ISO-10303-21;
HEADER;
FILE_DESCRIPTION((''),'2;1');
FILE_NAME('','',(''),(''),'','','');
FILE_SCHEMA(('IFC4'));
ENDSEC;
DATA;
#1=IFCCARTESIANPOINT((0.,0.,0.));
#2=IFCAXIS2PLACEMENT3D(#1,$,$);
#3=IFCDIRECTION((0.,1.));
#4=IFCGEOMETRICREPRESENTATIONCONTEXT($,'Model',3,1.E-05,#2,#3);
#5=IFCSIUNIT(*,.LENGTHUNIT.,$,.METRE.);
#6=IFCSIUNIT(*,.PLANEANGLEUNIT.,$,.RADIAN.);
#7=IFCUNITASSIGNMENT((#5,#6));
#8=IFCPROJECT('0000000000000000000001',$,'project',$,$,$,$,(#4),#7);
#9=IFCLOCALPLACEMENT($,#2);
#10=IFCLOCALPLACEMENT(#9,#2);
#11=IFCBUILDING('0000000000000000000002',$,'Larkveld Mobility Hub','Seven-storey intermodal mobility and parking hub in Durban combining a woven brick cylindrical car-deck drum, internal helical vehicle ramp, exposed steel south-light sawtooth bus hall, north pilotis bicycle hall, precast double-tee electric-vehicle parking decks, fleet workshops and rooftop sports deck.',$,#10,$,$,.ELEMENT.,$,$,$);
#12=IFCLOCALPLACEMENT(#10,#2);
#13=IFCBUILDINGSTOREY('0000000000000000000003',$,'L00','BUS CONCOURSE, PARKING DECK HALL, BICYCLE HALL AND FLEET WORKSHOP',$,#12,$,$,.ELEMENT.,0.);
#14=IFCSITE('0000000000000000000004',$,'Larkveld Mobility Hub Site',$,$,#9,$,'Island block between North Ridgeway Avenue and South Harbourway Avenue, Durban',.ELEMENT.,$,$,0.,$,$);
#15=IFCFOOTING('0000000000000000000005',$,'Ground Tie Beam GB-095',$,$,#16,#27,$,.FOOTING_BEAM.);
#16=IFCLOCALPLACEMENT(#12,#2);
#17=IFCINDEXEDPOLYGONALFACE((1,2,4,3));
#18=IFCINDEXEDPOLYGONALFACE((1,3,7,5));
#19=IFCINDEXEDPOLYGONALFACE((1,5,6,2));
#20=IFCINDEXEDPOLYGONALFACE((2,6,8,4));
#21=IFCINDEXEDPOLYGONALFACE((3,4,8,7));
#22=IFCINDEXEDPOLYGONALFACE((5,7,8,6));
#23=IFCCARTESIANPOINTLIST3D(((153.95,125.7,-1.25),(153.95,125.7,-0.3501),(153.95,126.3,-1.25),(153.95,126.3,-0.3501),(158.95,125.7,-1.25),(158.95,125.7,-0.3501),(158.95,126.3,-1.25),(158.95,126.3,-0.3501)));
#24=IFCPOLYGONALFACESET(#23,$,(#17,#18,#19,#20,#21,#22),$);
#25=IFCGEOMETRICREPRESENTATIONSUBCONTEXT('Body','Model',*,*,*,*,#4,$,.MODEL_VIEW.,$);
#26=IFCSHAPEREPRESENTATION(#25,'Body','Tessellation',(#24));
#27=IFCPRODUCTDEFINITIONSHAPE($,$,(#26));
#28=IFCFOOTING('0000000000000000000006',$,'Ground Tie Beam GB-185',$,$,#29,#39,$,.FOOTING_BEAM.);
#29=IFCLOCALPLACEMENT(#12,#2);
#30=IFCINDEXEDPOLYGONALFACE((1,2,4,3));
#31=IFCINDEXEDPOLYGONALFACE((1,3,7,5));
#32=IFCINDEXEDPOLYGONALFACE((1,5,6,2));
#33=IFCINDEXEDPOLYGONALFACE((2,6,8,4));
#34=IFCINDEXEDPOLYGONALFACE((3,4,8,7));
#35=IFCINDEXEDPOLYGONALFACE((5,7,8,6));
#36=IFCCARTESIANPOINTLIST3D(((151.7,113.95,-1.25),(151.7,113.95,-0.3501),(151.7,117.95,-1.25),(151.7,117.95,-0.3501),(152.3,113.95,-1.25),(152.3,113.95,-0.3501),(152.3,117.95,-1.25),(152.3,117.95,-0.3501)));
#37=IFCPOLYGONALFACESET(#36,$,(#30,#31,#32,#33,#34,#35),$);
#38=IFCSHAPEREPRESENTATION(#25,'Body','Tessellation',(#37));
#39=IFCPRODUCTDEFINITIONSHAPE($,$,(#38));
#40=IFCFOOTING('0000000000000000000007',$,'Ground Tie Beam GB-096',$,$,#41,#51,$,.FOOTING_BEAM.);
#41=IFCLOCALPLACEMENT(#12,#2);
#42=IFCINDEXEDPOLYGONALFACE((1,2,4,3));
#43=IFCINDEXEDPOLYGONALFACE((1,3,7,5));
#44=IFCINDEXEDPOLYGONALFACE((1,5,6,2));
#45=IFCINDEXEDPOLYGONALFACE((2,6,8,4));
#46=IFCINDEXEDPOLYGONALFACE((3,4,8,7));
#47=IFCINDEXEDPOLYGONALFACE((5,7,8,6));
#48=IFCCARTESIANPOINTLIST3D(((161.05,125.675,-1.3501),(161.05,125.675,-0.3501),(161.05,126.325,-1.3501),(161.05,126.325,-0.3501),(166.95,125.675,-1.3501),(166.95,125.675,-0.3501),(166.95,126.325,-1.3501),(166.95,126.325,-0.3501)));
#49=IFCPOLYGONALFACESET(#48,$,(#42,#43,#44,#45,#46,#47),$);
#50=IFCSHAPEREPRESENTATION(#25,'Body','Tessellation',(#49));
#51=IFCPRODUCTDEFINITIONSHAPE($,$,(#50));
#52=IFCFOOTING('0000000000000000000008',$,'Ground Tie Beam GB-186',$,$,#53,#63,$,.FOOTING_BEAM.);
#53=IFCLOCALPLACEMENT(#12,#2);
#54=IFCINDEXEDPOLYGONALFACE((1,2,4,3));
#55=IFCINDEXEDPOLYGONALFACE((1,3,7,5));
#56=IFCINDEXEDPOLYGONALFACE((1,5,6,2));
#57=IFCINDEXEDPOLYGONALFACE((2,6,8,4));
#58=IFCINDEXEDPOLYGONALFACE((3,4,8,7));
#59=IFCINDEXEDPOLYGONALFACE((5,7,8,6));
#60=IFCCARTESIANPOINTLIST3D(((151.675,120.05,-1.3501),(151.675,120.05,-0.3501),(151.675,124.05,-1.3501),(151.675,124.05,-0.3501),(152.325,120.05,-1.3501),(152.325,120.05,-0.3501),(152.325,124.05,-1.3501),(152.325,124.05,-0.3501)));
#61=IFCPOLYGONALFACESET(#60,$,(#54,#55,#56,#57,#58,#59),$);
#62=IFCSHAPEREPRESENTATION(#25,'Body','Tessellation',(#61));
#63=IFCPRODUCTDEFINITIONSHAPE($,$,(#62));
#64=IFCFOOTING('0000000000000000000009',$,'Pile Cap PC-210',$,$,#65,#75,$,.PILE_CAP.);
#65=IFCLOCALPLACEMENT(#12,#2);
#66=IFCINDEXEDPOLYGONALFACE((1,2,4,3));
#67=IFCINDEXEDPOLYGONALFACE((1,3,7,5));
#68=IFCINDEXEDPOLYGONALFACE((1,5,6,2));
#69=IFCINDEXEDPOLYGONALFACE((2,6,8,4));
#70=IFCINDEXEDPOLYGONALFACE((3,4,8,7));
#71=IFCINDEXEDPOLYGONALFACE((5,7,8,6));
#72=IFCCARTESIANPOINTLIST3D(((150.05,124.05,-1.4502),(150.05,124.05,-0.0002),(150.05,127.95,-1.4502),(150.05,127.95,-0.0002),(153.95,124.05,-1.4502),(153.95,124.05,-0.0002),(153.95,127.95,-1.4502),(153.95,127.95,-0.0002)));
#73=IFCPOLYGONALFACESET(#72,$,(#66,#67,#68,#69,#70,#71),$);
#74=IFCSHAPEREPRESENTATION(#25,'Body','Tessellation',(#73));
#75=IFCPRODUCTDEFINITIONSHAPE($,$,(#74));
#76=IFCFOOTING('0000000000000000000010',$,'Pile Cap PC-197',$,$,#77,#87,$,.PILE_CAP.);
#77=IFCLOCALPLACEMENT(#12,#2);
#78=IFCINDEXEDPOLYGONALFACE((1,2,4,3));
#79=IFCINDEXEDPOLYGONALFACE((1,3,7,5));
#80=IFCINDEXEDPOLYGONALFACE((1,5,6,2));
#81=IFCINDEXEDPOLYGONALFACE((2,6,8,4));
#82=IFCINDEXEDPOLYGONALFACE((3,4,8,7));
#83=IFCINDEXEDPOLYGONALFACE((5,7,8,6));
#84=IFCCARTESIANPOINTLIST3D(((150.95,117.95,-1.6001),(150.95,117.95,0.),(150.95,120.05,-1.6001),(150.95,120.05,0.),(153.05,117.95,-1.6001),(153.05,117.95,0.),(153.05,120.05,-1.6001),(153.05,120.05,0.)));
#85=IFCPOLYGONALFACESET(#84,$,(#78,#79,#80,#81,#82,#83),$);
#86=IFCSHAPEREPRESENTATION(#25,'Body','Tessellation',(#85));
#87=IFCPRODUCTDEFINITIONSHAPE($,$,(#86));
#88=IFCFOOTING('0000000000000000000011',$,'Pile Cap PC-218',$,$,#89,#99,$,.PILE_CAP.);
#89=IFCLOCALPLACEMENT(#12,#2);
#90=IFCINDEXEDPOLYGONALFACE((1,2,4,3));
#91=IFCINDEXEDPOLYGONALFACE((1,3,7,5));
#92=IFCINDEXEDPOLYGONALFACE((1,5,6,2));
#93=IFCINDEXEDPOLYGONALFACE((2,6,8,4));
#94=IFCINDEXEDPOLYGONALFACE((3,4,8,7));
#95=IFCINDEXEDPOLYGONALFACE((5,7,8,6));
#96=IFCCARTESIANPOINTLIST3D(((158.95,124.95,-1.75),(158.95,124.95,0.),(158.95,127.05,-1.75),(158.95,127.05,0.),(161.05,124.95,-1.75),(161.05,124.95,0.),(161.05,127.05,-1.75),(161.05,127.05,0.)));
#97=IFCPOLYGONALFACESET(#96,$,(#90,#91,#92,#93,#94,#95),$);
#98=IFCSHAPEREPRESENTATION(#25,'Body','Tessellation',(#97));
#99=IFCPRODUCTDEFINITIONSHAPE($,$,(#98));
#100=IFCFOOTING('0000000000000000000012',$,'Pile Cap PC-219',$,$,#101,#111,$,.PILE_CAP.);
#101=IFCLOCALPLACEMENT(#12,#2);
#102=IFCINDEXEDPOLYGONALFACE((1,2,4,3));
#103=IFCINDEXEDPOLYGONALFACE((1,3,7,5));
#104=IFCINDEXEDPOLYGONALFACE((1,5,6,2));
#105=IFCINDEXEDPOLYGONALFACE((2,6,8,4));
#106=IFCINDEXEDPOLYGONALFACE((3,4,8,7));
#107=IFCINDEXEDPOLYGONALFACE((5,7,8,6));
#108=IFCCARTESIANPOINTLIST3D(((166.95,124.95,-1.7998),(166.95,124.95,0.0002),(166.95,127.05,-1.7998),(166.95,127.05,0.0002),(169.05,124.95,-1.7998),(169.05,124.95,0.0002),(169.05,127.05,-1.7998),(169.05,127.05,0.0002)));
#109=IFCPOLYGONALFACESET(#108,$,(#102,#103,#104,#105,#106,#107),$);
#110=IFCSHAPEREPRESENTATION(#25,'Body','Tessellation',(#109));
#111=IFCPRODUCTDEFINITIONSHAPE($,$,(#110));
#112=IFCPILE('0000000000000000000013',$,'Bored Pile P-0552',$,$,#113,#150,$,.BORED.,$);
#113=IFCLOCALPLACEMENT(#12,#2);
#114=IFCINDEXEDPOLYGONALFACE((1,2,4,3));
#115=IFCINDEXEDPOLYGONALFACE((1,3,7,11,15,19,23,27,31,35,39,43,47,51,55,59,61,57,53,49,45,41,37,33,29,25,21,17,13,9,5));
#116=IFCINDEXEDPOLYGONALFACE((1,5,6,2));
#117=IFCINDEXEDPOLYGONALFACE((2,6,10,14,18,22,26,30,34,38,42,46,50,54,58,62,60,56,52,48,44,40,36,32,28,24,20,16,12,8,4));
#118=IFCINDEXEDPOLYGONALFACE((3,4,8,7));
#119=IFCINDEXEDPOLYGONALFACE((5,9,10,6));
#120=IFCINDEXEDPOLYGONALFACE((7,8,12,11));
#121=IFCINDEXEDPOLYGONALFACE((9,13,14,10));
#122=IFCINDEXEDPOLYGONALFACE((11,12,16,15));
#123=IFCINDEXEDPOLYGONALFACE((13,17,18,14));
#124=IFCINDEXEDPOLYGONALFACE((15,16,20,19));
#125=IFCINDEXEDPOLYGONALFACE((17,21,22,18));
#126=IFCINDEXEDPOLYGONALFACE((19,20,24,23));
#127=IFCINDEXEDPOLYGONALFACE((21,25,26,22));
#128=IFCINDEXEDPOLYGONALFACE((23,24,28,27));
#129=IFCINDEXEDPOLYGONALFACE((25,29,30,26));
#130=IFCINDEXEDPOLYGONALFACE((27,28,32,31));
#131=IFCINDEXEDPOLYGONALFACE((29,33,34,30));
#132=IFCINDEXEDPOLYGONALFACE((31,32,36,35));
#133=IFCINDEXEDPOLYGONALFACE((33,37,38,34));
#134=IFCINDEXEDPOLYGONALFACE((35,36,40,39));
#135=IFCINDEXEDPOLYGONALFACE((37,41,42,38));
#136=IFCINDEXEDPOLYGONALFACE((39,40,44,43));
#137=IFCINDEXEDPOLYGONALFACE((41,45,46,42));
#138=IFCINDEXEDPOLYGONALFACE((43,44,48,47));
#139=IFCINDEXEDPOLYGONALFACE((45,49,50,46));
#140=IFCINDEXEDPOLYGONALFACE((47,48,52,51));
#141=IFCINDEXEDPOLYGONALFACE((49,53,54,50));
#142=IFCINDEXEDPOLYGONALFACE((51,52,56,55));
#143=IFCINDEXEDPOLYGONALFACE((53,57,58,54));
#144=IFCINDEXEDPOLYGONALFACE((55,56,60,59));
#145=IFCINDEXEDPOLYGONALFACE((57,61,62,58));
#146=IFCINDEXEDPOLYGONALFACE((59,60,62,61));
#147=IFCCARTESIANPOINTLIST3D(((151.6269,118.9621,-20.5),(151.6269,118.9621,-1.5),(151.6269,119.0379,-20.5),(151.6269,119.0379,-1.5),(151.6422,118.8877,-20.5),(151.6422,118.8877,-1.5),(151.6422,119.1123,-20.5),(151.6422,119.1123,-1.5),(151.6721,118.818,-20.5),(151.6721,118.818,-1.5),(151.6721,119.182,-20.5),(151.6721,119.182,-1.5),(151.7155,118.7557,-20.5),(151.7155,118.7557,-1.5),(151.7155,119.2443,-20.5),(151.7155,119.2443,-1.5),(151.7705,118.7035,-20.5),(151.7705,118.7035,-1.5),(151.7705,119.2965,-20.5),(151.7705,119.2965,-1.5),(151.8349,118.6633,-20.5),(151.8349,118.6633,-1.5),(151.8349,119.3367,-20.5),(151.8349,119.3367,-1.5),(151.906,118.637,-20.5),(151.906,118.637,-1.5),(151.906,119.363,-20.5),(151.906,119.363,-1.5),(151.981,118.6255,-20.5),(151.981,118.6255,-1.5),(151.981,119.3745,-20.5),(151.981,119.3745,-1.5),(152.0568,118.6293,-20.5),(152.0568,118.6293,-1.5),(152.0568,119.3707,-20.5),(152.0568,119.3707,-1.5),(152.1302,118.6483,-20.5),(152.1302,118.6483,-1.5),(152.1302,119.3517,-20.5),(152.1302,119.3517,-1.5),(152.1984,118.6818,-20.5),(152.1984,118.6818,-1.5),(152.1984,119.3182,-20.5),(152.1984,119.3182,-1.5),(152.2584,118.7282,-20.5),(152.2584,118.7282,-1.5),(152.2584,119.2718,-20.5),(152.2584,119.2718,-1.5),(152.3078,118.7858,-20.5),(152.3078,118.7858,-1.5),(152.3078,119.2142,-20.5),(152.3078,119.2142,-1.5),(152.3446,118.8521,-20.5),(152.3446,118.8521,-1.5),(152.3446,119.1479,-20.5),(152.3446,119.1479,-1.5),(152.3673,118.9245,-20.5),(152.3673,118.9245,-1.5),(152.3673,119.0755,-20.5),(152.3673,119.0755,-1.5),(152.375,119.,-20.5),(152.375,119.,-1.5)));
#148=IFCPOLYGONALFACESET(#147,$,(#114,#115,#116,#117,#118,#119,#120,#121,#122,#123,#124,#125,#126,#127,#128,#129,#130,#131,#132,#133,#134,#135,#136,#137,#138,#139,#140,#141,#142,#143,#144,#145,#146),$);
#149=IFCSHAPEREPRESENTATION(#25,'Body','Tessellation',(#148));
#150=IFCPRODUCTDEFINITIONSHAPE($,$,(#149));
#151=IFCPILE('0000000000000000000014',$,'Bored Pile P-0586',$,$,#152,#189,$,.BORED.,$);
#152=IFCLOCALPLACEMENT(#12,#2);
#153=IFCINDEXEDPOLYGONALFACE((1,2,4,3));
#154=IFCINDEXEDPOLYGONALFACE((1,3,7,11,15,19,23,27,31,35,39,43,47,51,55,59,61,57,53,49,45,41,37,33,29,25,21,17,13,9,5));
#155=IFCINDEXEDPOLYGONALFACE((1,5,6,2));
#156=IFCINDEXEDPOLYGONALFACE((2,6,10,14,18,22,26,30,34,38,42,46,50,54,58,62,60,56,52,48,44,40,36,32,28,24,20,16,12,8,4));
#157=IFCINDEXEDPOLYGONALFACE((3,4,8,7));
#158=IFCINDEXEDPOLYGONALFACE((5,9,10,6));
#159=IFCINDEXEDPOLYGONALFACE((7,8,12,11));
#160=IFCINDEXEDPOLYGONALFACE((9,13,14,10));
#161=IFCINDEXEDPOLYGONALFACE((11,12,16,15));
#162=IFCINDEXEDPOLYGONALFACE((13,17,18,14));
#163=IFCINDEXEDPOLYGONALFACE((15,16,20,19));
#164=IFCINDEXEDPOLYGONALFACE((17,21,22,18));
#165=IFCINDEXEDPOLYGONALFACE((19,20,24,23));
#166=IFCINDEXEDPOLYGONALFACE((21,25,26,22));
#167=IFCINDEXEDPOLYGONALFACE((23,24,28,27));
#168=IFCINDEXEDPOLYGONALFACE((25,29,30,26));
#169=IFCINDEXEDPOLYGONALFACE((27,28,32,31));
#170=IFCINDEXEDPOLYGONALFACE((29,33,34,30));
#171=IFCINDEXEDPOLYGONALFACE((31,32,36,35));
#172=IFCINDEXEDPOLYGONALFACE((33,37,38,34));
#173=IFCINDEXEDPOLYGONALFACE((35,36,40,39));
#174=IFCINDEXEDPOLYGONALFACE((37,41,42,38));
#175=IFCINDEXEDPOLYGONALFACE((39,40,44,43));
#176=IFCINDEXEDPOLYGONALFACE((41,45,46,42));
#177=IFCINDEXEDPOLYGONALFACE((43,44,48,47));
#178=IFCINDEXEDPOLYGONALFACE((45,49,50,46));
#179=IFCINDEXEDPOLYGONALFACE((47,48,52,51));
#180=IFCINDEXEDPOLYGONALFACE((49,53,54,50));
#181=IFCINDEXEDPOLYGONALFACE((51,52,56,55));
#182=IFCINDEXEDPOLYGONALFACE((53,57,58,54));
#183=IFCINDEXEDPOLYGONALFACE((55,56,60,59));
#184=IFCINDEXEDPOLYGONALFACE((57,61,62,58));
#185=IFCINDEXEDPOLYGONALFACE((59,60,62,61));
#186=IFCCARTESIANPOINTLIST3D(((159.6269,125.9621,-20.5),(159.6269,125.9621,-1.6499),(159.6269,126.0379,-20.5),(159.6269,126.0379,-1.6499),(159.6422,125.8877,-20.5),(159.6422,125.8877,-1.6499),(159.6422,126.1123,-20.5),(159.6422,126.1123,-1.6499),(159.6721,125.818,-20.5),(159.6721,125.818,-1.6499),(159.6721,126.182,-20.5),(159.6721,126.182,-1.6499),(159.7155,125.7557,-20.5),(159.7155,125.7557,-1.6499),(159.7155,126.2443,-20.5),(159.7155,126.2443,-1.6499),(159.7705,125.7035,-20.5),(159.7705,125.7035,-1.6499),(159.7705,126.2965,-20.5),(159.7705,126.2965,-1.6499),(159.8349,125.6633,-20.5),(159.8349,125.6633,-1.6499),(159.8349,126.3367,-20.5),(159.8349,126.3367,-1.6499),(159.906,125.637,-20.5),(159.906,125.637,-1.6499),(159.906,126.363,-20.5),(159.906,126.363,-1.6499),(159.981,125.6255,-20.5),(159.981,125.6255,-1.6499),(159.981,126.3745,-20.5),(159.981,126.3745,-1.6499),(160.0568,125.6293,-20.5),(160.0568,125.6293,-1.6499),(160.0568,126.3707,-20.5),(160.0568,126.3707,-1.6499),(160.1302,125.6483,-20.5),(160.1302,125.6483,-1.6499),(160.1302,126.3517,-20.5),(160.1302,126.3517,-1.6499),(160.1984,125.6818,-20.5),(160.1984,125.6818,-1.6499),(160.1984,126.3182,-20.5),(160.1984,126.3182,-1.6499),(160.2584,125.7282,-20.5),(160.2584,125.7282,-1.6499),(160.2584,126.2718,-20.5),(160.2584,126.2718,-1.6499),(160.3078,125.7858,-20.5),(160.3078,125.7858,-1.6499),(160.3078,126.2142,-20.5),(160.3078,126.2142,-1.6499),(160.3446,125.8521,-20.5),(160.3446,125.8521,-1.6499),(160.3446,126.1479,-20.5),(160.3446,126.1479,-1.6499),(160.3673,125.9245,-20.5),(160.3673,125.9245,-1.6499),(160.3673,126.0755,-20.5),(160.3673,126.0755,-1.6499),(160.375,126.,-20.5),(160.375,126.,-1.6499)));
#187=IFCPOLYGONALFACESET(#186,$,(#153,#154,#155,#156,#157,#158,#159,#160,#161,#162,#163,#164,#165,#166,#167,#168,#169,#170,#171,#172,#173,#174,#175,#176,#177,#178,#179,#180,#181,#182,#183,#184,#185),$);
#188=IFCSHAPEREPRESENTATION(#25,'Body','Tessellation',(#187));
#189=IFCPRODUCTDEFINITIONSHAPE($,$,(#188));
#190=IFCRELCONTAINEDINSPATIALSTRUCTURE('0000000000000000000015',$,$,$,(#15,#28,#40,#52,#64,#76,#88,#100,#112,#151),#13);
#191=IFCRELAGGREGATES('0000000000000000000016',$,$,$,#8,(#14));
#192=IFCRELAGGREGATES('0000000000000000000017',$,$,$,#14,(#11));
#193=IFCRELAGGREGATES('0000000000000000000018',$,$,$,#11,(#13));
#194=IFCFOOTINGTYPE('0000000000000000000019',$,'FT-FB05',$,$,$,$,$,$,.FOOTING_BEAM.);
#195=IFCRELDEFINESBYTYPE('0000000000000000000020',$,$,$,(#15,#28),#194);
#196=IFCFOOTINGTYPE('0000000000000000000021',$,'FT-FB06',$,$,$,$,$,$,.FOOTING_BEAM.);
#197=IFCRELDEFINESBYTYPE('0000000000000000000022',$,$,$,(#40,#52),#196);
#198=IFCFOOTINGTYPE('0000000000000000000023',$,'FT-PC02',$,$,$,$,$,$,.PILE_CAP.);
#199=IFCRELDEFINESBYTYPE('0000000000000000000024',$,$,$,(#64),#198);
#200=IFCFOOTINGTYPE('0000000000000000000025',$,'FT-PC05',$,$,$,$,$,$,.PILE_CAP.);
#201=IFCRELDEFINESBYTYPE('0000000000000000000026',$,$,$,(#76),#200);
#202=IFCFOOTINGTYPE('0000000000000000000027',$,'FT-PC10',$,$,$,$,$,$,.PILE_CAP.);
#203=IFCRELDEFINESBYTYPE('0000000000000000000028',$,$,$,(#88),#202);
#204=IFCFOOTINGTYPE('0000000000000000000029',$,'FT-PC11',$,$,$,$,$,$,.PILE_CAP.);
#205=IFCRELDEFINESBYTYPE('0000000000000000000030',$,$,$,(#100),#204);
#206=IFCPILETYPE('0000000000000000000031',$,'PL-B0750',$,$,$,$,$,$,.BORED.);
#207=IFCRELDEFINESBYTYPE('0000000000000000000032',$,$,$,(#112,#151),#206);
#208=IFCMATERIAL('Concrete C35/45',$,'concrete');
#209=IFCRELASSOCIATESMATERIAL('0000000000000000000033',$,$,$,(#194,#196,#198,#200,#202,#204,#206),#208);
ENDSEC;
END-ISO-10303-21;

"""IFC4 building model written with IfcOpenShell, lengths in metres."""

from ifc_helpers import new_model, si_unit, direction, frame, origin, origin_2d, place, context, subcontext, project, spatial, rectangle, circle, extrude, material, material_profile, profile_set, type_object, element, save


model = new_model("IFC4")

# Units and contexts
model_context = context("Model", 3, precision=1e-05, world=origin(), true_north=direction((0.0, 1.0)))
body_context = subcontext(model_context, "Body", "Model", "MODEL_VIEW")
ifc_project = project(units=[si_unit("LENGTHUNIT", "METRE"), si_unit("PLANEANGLEUNIT", "RADIAN")], contexts=[model_context])

# Site, building, storey
site_placement = place(None, origin())
site = spatial("IfcSite", under=ifc_project, at=site_placement, Name="Larkveld Mobility Hub Site", LongName="Island block between North Ridgeway Avenue and South Harbourway Avenue, Durban", CompositionType="ELEMENT", RefElevation=0.0)
building_placement = place(site_placement, origin())
building = spatial("IfcBuilding", under=site, at=building_placement, Name="Larkveld Mobility Hub", Description="Seven-storey intermodal mobility and parking hub in Durban combining a woven brick cylindrical car-deck drum, internal helical vehicle ramp, exposed steel south-light sawtooth bus hall, north pilotis bicycle hall, precast double-tee electric-vehicle parking decks, fleet workshops and rooftop sports deck.", CompositionType="ELEMENT")
storey_placement = place(building_placement, origin())
storey = spatial("IfcBuildingStorey", under=building, at=storey_placement, Name="L00", Description="BUS CONCOURSE, PARKING DECK HALL, BICYCLE HALL AND FLEET WORKSHOP", CompositionType="ELEMENT", Elevation=0.0)

# Footings
ifc_material_1 = material(Name="Concrete C35/45", Category="concrete")
ifc_material_profile_1 = material_profile(ifc_material_1, rectangle(XDim=0.6001, YDim=0.8999, at=origin_2d()), Name="RC BM 600x900")
ifc_profile_set_1 = profile_set([ifc_material_profile_1], Name="Concrete C35/45")
footing_type_1 = type_object("IfcFootingType", Name="FT-FB05", PredefinedType="FOOTING_BEAM", material=ifc_profile_set_1)
footing_1_placement = place(storey_placement, frame((153.95, 126.0, -0.8), z_axis=(1.0, 0.0, 0.0), x_axis=(0.0, 1.0, 0.0)))
element("IfcFooting", 1, at=footing_1_placement, inside=storey, type_object=footing_type_1, Name="Ground Tie Beam GB-095", PredefinedType="FOOTING_BEAM", context=body_context, shape_type="SweptSolid", body=[
    extrude(rectangle(XDim=0.6001, YDim=0.8999, at=origin_2d()), origin(), (0.0, 0.0, 1.0), 5.0),
])
footing_2_placement = place(storey_placement, frame((152.0, 113.95, -0.8), z_axis=(0.0, 1.0, 0.0), x_axis=(-1.0, 0.0, 0.0)))
element("IfcFooting", 2, at=footing_2_placement, inside=storey, type_object=footing_type_1, Name="Ground Tie Beam GB-185", PredefinedType="FOOTING_BEAM", context=body_context, shape_type="SweptSolid", body=[
    extrude(rectangle(XDim=0.6001, YDim=0.8999, at=origin_2d()), origin(), (0.0, 0.0, 1.0), 4.0),
])
ifc_material_profile_2 = material_profile(ifc_material_1, rectangle(XDim=0.6499, YDim=1.0, at=origin_2d()), Name="RC BM 650x1000")
ifc_profile_set_2 = profile_set([ifc_material_profile_2], Name="Concrete C35/45")
footing_type_2 = type_object("IfcFootingType", Name="FT-FB06", PredefinedType="FOOTING_BEAM", material=ifc_profile_set_2)
footing_3_placement = place(storey_placement, frame((161.05, 126.0, -0.8501), z_axis=(1.0, 0.0, 0.0), x_axis=(0.0, 1.0, 0.0)))
element("IfcFooting", 3, at=footing_3_placement, inside=storey, type_object=footing_type_2, Name="Ground Tie Beam GB-096", PredefinedType="FOOTING_BEAM", context=body_context, shape_type="SweptSolid", body=[
    extrude(rectangle(XDim=0.6499, YDim=1.0, at=origin_2d()), origin(), (0.0, 0.0, 1.0), 5.8999),
])
footing_4_placement = place(storey_placement, frame((152.0, 120.05, -0.8501), z_axis=(0.0, 1.0, 0.0), x_axis=(-1.0, 0.0, 0.0)))
element("IfcFooting", 4, at=footing_4_placement, inside=storey, type_object=footing_type_2, Name="Ground Tie Beam GB-186", PredefinedType="FOOTING_BEAM", context=body_context, shape_type="SweptSolid", body=[
    extrude(rectangle(XDim=0.6499, YDim=1.0, at=origin_2d()), origin(), (0.0, 0.0, 1.0), 4.0),
])
footing_type_3 = type_object("IfcFootingType", Name="FT-PC02", PredefinedType="PILE_CAP", material=ifc_material_1)
footing_5_placement = place(storey_placement, frame((152.0, 126.0, -1.4502), z_axis=(0.0, 0.0, 1.0), x_axis=(1.0, 0.0, 0.0)))
element("IfcFooting", 5, at=footing_5_placement, inside=storey, type_object=footing_type_3, Name="Pile Cap PC-210", PredefinedType="PILE_CAP", context=body_context, shape_type="SweptSolid", body=[
    extrude(rectangle(XDim=3.8999, YDim=3.8999, at=origin_2d()), origin(), (0.0, 0.0, 1.0), 1.45),
])
footing_type_4 = type_object("IfcFootingType", Name="FT-PC05", PredefinedType="PILE_CAP", material=ifc_material_1)
footing_6_placement = place(storey_placement, frame((152.0, 119.0, -1.6001), z_axis=(0.0, 0.0, 1.0), x_axis=(1.0, 0.0, 0.0)))
element("IfcFooting", 6, at=footing_6_placement, inside=storey, type_object=footing_type_4, Name="Pile Cap PC-197", PredefinedType="PILE_CAP", context=body_context, shape_type="SweptSolid", body=[
    extrude(rectangle(XDim=2.1001, YDim=2.1001, at=origin_2d()), origin(), (0.0, 0.0, 1.0), 1.6001),
])
footing_type_5 = type_object("IfcFootingType", Name="FT-PC10", PredefinedType="PILE_CAP", material=ifc_material_1)
footing_7_placement = place(storey_placement, frame((160.0, 126.0, -1.75), z_axis=(0.0, 0.0, 1.0), x_axis=(1.0, 0.0, 0.0)))
element("IfcFooting", 7, at=footing_7_placement, inside=storey, type_object=footing_type_5, Name="Pile Cap PC-218", PredefinedType="PILE_CAP", context=body_context, shape_type="SweptSolid", body=[
    extrude(rectangle(XDim=2.1001, YDim=2.1001, at=origin_2d()), origin(), (0.0, 0.0, 1.0), 1.75),
])
footing_type_6 = type_object("IfcFootingType", Name="FT-PC11", PredefinedType="PILE_CAP", material=ifc_material_1)
footing_8_placement = place(storey_placement, frame((168.0, 126.0, -1.7998), z_axis=(0.0, 0.0, 1.0), x_axis=(1.0, 0.0, 0.0)))
element("IfcFooting", 8, at=footing_8_placement, inside=storey, type_object=footing_type_6, Name="Pile Cap PC-219", PredefinedType="PILE_CAP", context=body_context, shape_type="SweptSolid", body=[
    extrude(rectangle(XDim=2.1001, YDim=2.1001, at=origin_2d()), origin(), (0.0, 0.0, 1.0), 1.8),
])

# Piles
ifc_material_profile_3 = material_profile(ifc_material_1, circle(Radius=0.375, at=origin_2d()), Name="PILE D750")
ifc_profile_set_3 = profile_set([ifc_material_profile_3], Name="Concrete C35/45")
pile_type_1 = type_object("IfcPileType", Name="PL-B0750", PredefinedType="BORED", material=ifc_profile_set_3)
pile_1_placement = place(storey_placement, frame((152.0, 119.0, -1.5), z_axis=(0.0, 0.0, -1.0), x_axis=(1.0, 0.0, 0.0)))
element("IfcPile", 9, at=pile_1_placement, inside=storey, type_object=pile_type_1, Name="Bored Pile P-0552", PredefinedType="BORED", context=body_context, shape_type="SweptSolid", body=[
    extrude(circle(Radius=0.375, at=origin_2d()), origin(), (0.0, 0.0, 1.0), 19.0),
])
pile_2_placement = place(storey_placement, frame((160.0, 126.0, -1.6499), z_axis=(0.0, 0.0, -1.0), x_axis=(1.0, 0.0, 0.0)))
element("IfcPile", 10, at=pile_2_placement, inside=storey, type_object=pile_type_1, Name="Bored Pile P-0586", PredefinedType="BORED", context=body_context, shape_type="SweptSolid", body=[
    extrude(circle(Radius=0.375, at=origin_2d()), origin(), (0.0, 0.0, 1.0), 18.8501),
])

save(model, "model.ifc")
